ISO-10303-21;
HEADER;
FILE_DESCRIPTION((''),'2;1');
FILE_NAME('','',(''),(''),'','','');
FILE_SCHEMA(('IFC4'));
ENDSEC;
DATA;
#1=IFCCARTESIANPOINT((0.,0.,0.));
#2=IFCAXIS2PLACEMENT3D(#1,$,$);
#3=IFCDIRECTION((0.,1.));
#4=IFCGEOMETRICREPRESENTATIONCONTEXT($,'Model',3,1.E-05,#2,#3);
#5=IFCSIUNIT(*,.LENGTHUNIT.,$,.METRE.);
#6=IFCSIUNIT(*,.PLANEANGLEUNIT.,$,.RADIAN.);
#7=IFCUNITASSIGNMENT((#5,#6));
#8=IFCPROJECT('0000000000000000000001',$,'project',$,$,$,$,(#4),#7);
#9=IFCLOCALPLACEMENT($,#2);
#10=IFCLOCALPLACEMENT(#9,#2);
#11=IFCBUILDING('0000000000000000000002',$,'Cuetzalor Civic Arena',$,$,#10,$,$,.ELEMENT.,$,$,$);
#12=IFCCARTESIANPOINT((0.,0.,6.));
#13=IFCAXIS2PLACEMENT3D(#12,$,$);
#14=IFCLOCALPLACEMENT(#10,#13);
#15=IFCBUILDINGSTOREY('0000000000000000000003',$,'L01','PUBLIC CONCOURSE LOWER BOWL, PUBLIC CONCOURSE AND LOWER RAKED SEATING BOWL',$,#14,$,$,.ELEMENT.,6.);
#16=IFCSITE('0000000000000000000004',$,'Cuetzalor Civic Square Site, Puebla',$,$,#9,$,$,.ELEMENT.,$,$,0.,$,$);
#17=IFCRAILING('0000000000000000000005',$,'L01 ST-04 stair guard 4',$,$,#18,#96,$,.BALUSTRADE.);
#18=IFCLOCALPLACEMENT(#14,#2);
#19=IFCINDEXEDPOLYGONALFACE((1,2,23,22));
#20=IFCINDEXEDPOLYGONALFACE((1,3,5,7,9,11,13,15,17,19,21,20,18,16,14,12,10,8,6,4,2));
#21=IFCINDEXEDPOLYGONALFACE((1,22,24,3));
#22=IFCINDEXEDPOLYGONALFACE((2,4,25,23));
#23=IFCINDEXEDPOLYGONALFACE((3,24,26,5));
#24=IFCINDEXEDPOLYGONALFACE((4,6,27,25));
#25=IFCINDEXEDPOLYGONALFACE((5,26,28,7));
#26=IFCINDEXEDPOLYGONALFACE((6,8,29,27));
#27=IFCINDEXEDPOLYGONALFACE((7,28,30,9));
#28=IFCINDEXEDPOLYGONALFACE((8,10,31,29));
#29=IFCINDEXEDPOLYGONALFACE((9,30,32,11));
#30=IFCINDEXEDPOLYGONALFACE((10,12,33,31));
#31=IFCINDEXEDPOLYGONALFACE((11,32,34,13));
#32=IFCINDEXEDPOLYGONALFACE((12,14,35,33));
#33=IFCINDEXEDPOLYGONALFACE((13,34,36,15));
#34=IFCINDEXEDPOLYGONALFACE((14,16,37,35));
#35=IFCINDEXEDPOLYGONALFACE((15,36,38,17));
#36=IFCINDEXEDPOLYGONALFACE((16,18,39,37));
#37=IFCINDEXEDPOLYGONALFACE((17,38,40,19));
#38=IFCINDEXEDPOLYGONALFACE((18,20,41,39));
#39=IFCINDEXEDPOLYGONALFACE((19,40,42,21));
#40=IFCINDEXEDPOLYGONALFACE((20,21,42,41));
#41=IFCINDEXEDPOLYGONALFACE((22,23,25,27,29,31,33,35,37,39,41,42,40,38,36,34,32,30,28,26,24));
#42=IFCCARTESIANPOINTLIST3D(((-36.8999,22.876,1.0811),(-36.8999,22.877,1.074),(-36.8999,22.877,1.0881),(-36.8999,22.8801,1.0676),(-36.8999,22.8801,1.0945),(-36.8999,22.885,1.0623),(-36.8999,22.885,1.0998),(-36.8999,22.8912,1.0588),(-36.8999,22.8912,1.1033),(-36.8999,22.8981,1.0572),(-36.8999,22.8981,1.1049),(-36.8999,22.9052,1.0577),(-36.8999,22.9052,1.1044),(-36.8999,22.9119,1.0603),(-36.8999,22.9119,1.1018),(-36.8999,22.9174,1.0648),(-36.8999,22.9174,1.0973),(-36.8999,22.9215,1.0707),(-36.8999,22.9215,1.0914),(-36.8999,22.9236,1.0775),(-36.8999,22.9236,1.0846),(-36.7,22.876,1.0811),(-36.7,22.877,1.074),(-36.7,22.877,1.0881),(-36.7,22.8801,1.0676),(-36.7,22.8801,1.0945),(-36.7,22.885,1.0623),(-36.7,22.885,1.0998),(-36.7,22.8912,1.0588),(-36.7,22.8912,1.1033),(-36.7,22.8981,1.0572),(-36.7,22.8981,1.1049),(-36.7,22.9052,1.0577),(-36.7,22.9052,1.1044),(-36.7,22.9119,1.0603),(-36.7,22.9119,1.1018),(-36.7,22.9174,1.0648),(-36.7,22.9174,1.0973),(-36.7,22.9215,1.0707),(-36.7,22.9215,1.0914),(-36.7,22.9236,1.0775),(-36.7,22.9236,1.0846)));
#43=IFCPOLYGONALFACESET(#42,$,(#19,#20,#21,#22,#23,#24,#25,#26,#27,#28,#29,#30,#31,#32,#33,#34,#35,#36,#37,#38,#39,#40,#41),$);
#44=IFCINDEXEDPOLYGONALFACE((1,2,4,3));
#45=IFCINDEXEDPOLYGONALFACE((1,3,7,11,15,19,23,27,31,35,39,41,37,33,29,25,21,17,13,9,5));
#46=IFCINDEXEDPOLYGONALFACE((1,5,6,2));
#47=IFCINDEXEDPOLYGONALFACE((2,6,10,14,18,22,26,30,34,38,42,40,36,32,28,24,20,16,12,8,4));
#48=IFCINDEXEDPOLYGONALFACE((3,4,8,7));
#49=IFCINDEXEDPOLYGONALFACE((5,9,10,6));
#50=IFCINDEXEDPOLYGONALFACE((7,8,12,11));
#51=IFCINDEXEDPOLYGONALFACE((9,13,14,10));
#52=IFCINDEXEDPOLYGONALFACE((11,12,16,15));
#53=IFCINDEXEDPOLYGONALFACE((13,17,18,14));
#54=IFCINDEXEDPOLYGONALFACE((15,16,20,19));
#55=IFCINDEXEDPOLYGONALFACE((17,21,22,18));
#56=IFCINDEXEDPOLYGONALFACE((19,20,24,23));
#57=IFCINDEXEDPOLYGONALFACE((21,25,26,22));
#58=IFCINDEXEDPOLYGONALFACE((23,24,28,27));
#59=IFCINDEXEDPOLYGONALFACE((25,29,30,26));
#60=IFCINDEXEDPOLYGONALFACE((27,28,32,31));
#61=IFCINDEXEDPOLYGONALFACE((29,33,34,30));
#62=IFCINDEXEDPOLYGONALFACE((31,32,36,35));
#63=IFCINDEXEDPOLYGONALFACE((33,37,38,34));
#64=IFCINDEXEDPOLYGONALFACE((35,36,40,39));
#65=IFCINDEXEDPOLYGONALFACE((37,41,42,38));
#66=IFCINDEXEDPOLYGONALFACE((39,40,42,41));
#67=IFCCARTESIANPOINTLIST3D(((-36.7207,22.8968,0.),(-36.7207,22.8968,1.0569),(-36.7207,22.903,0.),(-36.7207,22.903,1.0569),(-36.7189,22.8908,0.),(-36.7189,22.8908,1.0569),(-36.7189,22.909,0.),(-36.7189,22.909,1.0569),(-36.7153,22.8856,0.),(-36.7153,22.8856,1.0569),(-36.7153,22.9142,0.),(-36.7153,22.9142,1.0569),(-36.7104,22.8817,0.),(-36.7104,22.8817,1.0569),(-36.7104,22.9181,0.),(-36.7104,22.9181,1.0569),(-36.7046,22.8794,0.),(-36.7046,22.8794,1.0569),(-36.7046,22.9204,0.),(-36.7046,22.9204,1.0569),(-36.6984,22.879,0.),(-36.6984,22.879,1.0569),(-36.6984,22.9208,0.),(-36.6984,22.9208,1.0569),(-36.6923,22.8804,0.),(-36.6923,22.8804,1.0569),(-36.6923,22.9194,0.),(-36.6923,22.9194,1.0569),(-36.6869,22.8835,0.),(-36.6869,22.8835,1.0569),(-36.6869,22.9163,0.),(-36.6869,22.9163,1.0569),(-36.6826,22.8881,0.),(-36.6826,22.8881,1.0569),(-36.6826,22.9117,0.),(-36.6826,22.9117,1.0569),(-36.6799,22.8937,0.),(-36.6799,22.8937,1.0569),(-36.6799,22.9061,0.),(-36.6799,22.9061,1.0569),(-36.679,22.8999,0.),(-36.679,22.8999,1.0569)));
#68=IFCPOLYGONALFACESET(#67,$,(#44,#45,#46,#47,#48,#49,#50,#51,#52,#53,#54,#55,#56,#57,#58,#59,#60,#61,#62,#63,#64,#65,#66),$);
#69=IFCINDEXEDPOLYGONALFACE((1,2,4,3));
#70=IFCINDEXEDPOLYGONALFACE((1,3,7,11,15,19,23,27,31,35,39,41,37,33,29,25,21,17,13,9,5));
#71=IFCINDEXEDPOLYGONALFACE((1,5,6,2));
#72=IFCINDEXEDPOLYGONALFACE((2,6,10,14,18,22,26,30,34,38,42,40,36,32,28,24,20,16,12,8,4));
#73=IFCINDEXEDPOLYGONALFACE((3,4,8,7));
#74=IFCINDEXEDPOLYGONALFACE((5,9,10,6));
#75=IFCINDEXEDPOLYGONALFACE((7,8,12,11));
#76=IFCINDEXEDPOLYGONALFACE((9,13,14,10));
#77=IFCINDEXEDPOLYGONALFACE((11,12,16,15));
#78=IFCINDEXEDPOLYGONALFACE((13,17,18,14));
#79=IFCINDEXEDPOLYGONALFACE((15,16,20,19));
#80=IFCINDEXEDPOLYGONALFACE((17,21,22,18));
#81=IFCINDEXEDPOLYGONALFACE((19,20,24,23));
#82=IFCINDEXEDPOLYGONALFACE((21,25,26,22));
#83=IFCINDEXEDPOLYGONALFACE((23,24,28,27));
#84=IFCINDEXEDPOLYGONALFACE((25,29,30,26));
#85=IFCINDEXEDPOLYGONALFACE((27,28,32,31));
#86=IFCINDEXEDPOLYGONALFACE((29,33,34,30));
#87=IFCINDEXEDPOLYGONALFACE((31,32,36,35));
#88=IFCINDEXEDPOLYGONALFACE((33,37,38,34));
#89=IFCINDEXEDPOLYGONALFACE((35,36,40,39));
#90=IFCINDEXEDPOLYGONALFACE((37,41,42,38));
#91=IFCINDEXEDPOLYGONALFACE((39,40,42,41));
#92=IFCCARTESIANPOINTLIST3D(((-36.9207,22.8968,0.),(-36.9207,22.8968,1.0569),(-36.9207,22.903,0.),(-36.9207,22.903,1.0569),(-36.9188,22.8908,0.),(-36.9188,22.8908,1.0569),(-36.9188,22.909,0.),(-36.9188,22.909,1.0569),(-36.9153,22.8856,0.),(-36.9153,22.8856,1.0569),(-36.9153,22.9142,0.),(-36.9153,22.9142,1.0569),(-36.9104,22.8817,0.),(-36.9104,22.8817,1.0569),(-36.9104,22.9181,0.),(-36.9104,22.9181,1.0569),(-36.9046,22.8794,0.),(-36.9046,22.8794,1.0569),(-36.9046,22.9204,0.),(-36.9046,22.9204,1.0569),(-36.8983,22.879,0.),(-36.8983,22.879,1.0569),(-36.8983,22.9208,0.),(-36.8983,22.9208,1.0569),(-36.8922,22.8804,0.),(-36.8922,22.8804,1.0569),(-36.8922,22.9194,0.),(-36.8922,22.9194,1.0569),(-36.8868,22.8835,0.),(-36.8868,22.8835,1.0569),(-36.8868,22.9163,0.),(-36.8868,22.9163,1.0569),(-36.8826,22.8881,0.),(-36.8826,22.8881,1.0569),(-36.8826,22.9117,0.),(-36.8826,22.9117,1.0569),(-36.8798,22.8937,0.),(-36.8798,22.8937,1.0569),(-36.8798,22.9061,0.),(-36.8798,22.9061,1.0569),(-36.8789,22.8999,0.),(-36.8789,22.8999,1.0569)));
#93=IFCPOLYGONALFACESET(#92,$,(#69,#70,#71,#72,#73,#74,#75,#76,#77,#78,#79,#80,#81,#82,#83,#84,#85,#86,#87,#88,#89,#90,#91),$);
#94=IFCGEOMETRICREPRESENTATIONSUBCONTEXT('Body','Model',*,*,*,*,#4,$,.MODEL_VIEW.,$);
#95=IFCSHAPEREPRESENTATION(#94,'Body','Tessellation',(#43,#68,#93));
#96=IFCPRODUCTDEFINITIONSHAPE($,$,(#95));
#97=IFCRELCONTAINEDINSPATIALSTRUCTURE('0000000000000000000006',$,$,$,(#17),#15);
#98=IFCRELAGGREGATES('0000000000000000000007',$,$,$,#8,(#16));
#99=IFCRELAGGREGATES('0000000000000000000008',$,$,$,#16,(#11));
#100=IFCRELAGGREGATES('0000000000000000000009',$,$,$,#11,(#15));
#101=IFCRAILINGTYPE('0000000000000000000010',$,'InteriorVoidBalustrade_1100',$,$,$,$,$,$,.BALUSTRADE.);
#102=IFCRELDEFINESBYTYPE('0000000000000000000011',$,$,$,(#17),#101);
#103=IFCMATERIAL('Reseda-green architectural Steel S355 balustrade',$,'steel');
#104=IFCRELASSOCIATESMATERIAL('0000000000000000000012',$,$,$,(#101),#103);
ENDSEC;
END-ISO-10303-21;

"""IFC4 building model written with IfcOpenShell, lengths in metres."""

from ifc_helpers import new_model, si_unit, direction, frame, origin, origin_2d, place, context, subcontext, project, spatial, circle, extrude, material, type_object, element, save


model = new_model("IFC4")

# Units and contexts
model_context = context("Model", 3, precision=1e-05, world=origin(), true_north=direction((0.0, 1.0)))
body_context = subcontext(model_context, "Body", "Model", "MODEL_VIEW")
ifc_project = project(units=[si_unit("LENGTHUNIT", "METRE"), si_unit("PLANEANGLEUNIT", "RADIAN")], contexts=[model_context])

# Site, building, storey
site_placement = place(None, origin())
site = spatial("IfcSite", under=ifc_project, at=site_placement, Name="Cuetzalor Civic Square Site, Puebla", CompositionType="ELEMENT", RefElevation=0.0)
building_placement = place(site_placement, origin())
building = spatial("IfcBuilding", under=site, at=building_placement, Name="Cuetzalor Civic Arena", CompositionType="ELEMENT")
storey_placement = place(building_placement, frame((0.0, 0.0, 6.0)))
storey = spatial("IfcBuildingStorey", under=building, at=storey_placement, Name="L01", Description="PUBLIC CONCOURSE LOWER BOWL, PUBLIC CONCOURSE AND LOWER RAKED SEATING BOWL", CompositionType="ELEMENT", Elevation=6.0)

# Railing
ifc_material_1 = material(Name="Reseda-green architectural Steel S355 balustrade", Category="steel")
railing_type_1 = type_object("IfcRailingType", Name="InteriorVoidBalustrade_1100", PredefinedType="BALUSTRADE", material=ifc_material_1)
railing_1_placement = place(storey_placement, frame((-36.7, 22.8999, 0.0)))
element("IfcRailing", 1, at=railing_1_placement, inside=storey, type_object=railing_type_1, Name="L01 ST-04 stair guard 4", PredefinedType="BALUSTRADE", context=body_context, shape_type="SweptSolid", body=[
    extrude(circle(Radius=0.0239, at=origin_2d()), frame((0.0, 0.0, 1.0811), z_axis=(-1.0, 0.0, 0.0), x_axis=(0.0, -1.0, 0.0)), (0.0, 0.0, 1.0), 0.2),
    extrude(circle(Radius=0.021, at=origin_2d()), origin(), (0.0, 0.0, 1.0), 1.0569),
    extrude(circle(Radius=0.021, at=origin_2d()), frame((-0.2, 0.0, 0.0)), (0.0, 0.0, 1.0), 1.0569),
])

save(model, "model.ifc")
